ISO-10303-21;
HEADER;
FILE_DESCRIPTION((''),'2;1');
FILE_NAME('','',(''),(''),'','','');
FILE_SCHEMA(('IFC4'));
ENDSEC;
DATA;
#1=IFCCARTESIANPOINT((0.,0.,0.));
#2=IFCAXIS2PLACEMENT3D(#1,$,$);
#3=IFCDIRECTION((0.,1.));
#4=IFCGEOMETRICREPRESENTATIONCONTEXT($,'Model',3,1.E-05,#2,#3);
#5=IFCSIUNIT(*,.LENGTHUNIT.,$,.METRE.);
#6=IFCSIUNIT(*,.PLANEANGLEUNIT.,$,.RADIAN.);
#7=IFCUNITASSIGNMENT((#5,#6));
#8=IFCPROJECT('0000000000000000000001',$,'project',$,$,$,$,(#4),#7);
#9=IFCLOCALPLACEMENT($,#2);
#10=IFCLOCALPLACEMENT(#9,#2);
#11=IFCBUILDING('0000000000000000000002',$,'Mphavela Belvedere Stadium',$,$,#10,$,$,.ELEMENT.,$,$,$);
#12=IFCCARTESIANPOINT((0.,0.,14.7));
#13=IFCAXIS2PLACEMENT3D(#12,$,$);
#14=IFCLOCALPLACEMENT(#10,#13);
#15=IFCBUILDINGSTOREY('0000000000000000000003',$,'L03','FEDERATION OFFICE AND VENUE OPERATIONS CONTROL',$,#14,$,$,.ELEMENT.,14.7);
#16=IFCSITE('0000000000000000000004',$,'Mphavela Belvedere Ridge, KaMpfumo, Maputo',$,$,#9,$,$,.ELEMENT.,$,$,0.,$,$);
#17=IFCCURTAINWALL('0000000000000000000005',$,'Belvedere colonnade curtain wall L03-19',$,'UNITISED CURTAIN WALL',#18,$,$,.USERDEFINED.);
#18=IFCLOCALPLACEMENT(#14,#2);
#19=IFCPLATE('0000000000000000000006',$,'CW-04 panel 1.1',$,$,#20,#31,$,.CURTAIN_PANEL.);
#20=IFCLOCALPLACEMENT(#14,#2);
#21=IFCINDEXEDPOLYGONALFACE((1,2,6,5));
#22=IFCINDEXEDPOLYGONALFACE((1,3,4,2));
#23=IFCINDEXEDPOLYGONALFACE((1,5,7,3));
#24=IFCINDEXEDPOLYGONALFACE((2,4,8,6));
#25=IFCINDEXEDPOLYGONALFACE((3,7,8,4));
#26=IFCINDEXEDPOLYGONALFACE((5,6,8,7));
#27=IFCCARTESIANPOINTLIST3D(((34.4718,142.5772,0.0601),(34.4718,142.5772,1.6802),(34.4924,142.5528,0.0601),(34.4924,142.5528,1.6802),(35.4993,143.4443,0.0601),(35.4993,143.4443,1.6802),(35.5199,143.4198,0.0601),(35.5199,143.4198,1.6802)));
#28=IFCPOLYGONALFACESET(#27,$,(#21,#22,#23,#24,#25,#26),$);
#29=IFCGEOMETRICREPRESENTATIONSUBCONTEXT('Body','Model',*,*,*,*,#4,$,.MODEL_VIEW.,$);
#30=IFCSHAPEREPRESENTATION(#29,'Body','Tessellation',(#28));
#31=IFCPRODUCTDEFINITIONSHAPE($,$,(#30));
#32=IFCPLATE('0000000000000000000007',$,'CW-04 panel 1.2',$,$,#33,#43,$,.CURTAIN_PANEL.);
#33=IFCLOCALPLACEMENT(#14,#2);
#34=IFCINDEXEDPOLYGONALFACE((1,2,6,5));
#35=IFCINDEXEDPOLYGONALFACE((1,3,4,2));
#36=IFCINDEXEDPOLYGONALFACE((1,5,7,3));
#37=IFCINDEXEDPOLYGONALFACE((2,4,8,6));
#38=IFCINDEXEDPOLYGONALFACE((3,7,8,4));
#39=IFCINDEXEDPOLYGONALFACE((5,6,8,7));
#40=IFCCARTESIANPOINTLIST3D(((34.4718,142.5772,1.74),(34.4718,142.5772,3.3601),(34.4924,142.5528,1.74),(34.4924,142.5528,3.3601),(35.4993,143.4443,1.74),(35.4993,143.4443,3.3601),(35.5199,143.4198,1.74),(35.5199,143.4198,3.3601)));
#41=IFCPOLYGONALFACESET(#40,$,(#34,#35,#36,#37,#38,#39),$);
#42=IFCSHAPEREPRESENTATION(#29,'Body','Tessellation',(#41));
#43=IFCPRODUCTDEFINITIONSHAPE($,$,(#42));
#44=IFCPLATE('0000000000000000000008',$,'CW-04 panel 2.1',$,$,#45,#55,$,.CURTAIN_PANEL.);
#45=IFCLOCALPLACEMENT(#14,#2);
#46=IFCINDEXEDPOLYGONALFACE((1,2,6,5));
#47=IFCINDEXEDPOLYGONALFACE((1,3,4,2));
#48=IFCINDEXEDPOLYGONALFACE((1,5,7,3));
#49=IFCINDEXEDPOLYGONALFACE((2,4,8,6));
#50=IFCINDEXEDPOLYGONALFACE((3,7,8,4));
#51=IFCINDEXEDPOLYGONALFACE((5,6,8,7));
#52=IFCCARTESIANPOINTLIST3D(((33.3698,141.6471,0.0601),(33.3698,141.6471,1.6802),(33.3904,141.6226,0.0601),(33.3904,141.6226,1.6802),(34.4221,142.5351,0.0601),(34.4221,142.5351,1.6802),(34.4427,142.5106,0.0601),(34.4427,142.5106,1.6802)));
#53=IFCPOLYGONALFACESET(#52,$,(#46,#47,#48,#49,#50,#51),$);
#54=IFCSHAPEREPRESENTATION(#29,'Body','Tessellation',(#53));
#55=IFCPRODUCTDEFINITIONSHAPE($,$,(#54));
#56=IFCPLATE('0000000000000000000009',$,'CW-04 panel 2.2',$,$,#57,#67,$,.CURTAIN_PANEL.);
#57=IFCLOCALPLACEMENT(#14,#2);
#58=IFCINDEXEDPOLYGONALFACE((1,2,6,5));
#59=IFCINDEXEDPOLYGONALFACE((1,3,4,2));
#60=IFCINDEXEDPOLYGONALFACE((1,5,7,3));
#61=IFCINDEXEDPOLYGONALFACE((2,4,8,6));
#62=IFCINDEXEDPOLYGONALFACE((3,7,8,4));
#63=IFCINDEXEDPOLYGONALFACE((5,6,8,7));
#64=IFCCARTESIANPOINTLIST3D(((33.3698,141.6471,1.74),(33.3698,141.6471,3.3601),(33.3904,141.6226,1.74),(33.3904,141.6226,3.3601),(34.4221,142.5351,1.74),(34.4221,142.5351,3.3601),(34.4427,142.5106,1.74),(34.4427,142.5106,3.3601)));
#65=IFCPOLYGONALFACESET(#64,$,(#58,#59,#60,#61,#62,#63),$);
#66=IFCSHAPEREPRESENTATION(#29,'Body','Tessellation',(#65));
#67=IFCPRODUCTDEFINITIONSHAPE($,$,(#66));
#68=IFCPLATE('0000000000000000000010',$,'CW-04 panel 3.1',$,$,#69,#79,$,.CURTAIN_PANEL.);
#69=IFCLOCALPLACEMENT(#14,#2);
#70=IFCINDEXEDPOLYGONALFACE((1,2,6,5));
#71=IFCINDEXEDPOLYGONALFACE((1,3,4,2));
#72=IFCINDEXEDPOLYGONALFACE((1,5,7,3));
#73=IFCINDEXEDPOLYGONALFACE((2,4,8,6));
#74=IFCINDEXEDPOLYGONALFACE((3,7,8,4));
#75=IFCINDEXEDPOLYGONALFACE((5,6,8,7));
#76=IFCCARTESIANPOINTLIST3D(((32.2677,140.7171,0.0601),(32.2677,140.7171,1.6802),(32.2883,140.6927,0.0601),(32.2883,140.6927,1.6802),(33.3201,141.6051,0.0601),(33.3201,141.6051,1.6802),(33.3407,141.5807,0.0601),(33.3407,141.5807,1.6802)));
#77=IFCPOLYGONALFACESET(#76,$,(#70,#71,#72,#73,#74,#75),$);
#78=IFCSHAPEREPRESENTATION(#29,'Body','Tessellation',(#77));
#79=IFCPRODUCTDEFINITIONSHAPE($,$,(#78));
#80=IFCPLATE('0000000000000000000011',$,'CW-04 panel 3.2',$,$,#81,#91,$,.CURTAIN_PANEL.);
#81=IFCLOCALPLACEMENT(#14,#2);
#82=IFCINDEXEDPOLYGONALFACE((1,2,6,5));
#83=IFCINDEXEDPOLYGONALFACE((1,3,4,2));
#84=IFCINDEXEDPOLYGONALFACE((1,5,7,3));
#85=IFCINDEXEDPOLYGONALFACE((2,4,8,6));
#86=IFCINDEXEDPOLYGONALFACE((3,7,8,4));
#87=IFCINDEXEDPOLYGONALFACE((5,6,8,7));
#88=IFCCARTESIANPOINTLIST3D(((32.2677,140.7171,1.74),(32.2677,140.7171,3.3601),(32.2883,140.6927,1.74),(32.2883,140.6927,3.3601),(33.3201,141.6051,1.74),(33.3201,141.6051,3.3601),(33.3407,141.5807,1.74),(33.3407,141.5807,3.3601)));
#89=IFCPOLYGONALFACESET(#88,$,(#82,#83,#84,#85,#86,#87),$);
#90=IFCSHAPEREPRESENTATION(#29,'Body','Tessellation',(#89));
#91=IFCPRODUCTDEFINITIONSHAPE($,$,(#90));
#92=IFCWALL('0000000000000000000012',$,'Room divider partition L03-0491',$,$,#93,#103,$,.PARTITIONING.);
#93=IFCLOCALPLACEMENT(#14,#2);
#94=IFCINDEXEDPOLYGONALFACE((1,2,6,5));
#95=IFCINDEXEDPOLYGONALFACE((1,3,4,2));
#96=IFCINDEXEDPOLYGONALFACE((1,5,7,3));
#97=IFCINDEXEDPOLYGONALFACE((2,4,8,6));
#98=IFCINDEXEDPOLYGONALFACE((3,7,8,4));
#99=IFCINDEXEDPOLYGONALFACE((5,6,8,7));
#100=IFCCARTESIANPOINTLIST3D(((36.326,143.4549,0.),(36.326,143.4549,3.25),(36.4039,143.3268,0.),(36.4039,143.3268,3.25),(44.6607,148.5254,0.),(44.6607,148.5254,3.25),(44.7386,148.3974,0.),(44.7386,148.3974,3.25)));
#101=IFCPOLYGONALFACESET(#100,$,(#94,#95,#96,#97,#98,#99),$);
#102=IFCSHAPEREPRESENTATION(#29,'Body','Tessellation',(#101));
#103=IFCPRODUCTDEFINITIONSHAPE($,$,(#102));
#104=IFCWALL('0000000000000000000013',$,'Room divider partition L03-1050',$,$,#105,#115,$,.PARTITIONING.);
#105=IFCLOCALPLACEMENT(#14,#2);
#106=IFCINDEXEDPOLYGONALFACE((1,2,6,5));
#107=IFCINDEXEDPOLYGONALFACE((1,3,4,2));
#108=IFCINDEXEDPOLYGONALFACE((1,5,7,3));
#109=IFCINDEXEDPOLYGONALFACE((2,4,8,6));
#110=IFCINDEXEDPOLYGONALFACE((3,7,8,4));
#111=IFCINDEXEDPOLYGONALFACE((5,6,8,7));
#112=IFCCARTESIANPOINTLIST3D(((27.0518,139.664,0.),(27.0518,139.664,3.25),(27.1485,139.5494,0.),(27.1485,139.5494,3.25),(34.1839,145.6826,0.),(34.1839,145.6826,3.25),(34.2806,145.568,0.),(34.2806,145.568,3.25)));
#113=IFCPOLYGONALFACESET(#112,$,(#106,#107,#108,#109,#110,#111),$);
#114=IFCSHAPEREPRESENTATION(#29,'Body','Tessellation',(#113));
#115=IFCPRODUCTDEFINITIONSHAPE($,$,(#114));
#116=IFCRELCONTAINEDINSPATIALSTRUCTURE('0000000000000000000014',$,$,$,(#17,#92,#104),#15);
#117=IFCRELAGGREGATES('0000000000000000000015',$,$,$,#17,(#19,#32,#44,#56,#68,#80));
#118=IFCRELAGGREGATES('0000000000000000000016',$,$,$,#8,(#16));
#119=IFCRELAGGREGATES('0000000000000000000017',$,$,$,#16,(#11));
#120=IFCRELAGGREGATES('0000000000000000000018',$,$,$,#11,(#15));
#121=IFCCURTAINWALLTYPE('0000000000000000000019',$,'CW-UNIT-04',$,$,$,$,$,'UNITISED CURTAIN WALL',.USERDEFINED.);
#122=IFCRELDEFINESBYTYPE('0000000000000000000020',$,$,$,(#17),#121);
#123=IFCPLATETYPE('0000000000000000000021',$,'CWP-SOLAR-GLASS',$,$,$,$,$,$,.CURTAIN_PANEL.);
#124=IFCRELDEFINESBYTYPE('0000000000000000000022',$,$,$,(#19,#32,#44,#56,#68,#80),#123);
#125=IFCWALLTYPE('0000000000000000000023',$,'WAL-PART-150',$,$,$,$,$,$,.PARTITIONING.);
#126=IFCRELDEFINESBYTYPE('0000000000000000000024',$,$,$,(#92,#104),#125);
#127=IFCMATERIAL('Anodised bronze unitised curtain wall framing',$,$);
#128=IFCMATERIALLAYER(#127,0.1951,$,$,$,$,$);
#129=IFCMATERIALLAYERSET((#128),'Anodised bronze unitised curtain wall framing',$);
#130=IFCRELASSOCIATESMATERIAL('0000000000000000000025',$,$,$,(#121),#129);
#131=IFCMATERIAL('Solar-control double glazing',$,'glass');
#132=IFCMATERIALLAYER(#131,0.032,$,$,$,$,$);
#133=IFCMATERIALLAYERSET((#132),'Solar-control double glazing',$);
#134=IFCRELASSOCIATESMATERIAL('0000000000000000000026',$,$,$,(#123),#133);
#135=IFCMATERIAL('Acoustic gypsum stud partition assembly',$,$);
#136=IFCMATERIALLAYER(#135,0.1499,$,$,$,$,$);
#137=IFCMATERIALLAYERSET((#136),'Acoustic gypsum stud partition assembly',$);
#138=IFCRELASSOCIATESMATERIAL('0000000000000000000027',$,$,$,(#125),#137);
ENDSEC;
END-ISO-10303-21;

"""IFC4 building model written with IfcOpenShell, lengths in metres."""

from ifc_helpers import new_model, si_unit, direction, frame, frame_2d, origin, origin_2d, place, context, subcontext, project, spatial, rectangle, extrude, material, layer, layer_set, type_object, element, aggregate, save


model = new_model("IFC4")

# Units and contexts
model_context = context("Model", 3, precision=1e-05, world=origin(), true_north=direction((0.0, 1.0)))
body_context = subcontext(model_context, "Body", "Model", "MODEL_VIEW")
ifc_project = project(units=[si_unit("LENGTHUNIT", "METRE"), si_unit("PLANEANGLEUNIT", "RADIAN")], contexts=[model_context])

# Site, building, storey
site_placement = place(None, origin())
site = spatial("IfcSite", under=ifc_project, at=site_placement, Name="Mphavela Belvedere Ridge, KaMpfumo, Maputo", CompositionType="ELEMENT", RefElevation=0.0)
building_placement = place(site_placement, origin())
building = spatial("IfcBuilding", under=site, at=building_placement, Name="Mphavela Belvedere Stadium", CompositionType="ELEMENT")
storey_placement = place(building_placement, frame((0.0, 0.0, 14.7)))
storey = spatial("IfcBuildingStorey", under=building, at=storey_placement, Name="L03", Description="FEDERATION OFFICE AND VENUE OPERATIONS CONTROL", CompositionType="ELEMENT", Elevation=14.7)

# Curtain wall, plates
ifc_material_1 = material(Name="Anodised bronze unitised curtain wall framing")
ifc_layer_1 = layer(ifc_material_1, 0.1951)
ifc_layer_set_1 = layer_set([ifc_layer_1], Name="Anodised bronze unitised curtain wall framing")
curtain_wall_type_1 = type_object("IfcCurtainWallType", Name="CW-UNIT-04", ElementType="UNITISED CURTAIN WALL", PredefinedType="USERDEFINED", material=ifc_layer_set_1)
curtain_wall_1_placement = place(storey_placement, origin())
curtain_wall_1 = element("IfcCurtainWall", 1, at=curtain_wall_1_placement, inside=storey, type_object=curtain_wall_type_1, Name="Belvedere colonnade curtain wall L03-19", ObjectType="UNITISED CURTAIN WALL", PredefinedType="USERDEFINED")
ifc_material_2 = material(Name="Solar-control double glazing", Category="glass")
ifc_layer_2 = layer(ifc_material_2, 0.032)
ifc_layer_set_2 = layer_set([ifc_layer_2], Name="Solar-control double glazing")
plate_type = type_object("IfcPlateType", Name="CWP-SOLAR-GLASS", PredefinedType="CURTAIN_PANEL", material=ifc_layer_set_2)
plate_1_placement = place(storey_placement, frame((34.9958, 142.9985, 0.0601), z_axis=(0.0, 0.0, 1.0), x_axis=(-0.764263, -0.644905, 0.0)))
plate_1 = element("IfcPlate", 2, at=plate_1_placement, type_object=plate_type, Name="CW-04 panel 1.1", PredefinedType="CURTAIN_PANEL", context=body_context, shape_type="SweptSolid", body=[
    extrude(rectangle(XDim=1.3445, YDim=0.032, at=origin_2d()), origin(), (0.0, 0.0, 1.0), 1.6201),
])
plate_2_placement = place(storey_placement, frame((34.9958, 142.9985, 1.74), z_axis=(0.0, 0.0, 1.0), x_axis=(-0.764263, -0.644905, 0.0)))
plate_2 = element("IfcPlate", 3, at=plate_2_placement, type_object=plate_type, Name="CW-04 panel 1.2", PredefinedType="CURTAIN_PANEL", context=body_context, shape_type="SweptSolid", body=[
    extrude(rectangle(XDim=1.3445, YDim=0.032, at=origin_2d()), origin(), (0.0, 0.0, 1.0), 1.6201),
])
plate_3_placement = place(storey_placement, frame((33.9062, 142.0789, 0.0601), z_axis=(0.0, 0.0, 1.0), x_axis=(-0.764263, -0.644905, 0.0)))
plate_3 = element("IfcPlate", 4, at=plate_3_placement, type_object=plate_type, Name="CW-04 panel 2.1", PredefinedType="CURTAIN_PANEL", context=body_context, shape_type="SweptSolid", body=[
    extrude(rectangle(XDim=1.377, YDim=0.032, at=origin_2d()), origin(), (0.0, 0.0, 1.0), 1.6201),
])
plate_4_placement = place(storey_placement, frame((33.9062, 142.0789, 1.74), z_axis=(0.0, 0.0, 1.0), x_axis=(-0.764263, -0.644905, 0.0)))
plate_4 = element("IfcPlate", 5, at=plate_4_placement, type_object=plate_type, Name="CW-04 panel 2.2", PredefinedType="CURTAIN_PANEL", context=body_context, shape_type="SweptSolid", body=[
    extrude(rectangle(XDim=1.377, YDim=0.032, at=origin_2d()), origin(), (0.0, 0.0, 1.0), 1.6201),
])
plate_5_placement = place(storey_placement, frame((32.8042, 141.1489, 0.0601), z_axis=(0.0, 0.0, 1.0), x_axis=(-0.764263, -0.644905, 0.0)))
plate_5 = element("IfcPlate", 6, at=plate_5_placement, type_object=plate_type, Name="CW-04 panel 3.1", PredefinedType="CURTAIN_PANEL", context=body_context, shape_type="SweptSolid", body=[
    extrude(rectangle(XDim=1.377, YDim=0.032, at=origin_2d()), origin(), (0.0, 0.0, 1.0), 1.6201),
])
plate_6_placement = place(storey_placement, frame((32.8042, 141.1489, 1.74), z_axis=(0.0, 0.0, 1.0), x_axis=(-0.764263, -0.644905, 0.0)))
plate_6 = element("IfcPlate", 7, at=plate_6_placement, type_object=plate_type, Name="CW-04 panel 3.2", PredefinedType="CURTAIN_PANEL", context=body_context, shape_type="SweptSolid", body=[
    extrude(rectangle(XDim=1.377, YDim=0.032, at=origin_2d()), origin(), (0.0, 0.0, 1.0), 1.6201),
])
aggregate(curtain_wall_1, [plate_1, plate_2, plate_3, plate_4, plate_5, plate_6])

# Walls
ifc_material_3 = material(Name="Acoustic gypsum stud partition assembly")
ifc_layer_3 = layer(ifc_material_3, 0.1499)
ifc_layer_set_3 = layer_set([ifc_layer_3], Name="Acoustic gypsum stud partition assembly")
wall_type = type_object("IfcWallType", Name="WAL-PART-150", PredefinedType="PARTITIONING", material=ifc_layer_set_3)
wall_1_placement = place(storey_placement, frame((36.365, 143.3909, 0.0), z_axis=(0.0, 0.0, 1.0), x_axis=(0.854324, 0.519741, 0.0)))
element("IfcWall", 8, at=wall_1_placement, inside=storey, type_object=wall_type, Name="Room divider partition L03-0491", PredefinedType="PARTITIONING", context=body_context, shape_type="SweptSolid", body=[
    extrude(rectangle(XDim=9.7559, YDim=0.1499, at=frame_2d((4.8779, 0.0))), origin(), (0.0, 0.0, 1.0), 3.25),
])
wall_2_placement = place(storey_placement, frame((34.2322, 145.6252, 0.0), z_axis=(0.0, 0.0, 1.0), x_axis=(-0.764246, -0.644925, 0.0)))
element("IfcWall", 9, at=wall_2_placement, inside=storey, type_object=wall_type, Name="Room divider partition L03-1050", PredefinedType="PARTITIONING", context=body_context, shape_type="SweptSolid", body=[
    extrude(rectangle(XDim=9.3323, YDim=0.1499, at=frame_2d((4.666, 0.0))), origin(), (0.0, 0.0, 1.0), 3.25),
])

save(model, "model.ifc")
